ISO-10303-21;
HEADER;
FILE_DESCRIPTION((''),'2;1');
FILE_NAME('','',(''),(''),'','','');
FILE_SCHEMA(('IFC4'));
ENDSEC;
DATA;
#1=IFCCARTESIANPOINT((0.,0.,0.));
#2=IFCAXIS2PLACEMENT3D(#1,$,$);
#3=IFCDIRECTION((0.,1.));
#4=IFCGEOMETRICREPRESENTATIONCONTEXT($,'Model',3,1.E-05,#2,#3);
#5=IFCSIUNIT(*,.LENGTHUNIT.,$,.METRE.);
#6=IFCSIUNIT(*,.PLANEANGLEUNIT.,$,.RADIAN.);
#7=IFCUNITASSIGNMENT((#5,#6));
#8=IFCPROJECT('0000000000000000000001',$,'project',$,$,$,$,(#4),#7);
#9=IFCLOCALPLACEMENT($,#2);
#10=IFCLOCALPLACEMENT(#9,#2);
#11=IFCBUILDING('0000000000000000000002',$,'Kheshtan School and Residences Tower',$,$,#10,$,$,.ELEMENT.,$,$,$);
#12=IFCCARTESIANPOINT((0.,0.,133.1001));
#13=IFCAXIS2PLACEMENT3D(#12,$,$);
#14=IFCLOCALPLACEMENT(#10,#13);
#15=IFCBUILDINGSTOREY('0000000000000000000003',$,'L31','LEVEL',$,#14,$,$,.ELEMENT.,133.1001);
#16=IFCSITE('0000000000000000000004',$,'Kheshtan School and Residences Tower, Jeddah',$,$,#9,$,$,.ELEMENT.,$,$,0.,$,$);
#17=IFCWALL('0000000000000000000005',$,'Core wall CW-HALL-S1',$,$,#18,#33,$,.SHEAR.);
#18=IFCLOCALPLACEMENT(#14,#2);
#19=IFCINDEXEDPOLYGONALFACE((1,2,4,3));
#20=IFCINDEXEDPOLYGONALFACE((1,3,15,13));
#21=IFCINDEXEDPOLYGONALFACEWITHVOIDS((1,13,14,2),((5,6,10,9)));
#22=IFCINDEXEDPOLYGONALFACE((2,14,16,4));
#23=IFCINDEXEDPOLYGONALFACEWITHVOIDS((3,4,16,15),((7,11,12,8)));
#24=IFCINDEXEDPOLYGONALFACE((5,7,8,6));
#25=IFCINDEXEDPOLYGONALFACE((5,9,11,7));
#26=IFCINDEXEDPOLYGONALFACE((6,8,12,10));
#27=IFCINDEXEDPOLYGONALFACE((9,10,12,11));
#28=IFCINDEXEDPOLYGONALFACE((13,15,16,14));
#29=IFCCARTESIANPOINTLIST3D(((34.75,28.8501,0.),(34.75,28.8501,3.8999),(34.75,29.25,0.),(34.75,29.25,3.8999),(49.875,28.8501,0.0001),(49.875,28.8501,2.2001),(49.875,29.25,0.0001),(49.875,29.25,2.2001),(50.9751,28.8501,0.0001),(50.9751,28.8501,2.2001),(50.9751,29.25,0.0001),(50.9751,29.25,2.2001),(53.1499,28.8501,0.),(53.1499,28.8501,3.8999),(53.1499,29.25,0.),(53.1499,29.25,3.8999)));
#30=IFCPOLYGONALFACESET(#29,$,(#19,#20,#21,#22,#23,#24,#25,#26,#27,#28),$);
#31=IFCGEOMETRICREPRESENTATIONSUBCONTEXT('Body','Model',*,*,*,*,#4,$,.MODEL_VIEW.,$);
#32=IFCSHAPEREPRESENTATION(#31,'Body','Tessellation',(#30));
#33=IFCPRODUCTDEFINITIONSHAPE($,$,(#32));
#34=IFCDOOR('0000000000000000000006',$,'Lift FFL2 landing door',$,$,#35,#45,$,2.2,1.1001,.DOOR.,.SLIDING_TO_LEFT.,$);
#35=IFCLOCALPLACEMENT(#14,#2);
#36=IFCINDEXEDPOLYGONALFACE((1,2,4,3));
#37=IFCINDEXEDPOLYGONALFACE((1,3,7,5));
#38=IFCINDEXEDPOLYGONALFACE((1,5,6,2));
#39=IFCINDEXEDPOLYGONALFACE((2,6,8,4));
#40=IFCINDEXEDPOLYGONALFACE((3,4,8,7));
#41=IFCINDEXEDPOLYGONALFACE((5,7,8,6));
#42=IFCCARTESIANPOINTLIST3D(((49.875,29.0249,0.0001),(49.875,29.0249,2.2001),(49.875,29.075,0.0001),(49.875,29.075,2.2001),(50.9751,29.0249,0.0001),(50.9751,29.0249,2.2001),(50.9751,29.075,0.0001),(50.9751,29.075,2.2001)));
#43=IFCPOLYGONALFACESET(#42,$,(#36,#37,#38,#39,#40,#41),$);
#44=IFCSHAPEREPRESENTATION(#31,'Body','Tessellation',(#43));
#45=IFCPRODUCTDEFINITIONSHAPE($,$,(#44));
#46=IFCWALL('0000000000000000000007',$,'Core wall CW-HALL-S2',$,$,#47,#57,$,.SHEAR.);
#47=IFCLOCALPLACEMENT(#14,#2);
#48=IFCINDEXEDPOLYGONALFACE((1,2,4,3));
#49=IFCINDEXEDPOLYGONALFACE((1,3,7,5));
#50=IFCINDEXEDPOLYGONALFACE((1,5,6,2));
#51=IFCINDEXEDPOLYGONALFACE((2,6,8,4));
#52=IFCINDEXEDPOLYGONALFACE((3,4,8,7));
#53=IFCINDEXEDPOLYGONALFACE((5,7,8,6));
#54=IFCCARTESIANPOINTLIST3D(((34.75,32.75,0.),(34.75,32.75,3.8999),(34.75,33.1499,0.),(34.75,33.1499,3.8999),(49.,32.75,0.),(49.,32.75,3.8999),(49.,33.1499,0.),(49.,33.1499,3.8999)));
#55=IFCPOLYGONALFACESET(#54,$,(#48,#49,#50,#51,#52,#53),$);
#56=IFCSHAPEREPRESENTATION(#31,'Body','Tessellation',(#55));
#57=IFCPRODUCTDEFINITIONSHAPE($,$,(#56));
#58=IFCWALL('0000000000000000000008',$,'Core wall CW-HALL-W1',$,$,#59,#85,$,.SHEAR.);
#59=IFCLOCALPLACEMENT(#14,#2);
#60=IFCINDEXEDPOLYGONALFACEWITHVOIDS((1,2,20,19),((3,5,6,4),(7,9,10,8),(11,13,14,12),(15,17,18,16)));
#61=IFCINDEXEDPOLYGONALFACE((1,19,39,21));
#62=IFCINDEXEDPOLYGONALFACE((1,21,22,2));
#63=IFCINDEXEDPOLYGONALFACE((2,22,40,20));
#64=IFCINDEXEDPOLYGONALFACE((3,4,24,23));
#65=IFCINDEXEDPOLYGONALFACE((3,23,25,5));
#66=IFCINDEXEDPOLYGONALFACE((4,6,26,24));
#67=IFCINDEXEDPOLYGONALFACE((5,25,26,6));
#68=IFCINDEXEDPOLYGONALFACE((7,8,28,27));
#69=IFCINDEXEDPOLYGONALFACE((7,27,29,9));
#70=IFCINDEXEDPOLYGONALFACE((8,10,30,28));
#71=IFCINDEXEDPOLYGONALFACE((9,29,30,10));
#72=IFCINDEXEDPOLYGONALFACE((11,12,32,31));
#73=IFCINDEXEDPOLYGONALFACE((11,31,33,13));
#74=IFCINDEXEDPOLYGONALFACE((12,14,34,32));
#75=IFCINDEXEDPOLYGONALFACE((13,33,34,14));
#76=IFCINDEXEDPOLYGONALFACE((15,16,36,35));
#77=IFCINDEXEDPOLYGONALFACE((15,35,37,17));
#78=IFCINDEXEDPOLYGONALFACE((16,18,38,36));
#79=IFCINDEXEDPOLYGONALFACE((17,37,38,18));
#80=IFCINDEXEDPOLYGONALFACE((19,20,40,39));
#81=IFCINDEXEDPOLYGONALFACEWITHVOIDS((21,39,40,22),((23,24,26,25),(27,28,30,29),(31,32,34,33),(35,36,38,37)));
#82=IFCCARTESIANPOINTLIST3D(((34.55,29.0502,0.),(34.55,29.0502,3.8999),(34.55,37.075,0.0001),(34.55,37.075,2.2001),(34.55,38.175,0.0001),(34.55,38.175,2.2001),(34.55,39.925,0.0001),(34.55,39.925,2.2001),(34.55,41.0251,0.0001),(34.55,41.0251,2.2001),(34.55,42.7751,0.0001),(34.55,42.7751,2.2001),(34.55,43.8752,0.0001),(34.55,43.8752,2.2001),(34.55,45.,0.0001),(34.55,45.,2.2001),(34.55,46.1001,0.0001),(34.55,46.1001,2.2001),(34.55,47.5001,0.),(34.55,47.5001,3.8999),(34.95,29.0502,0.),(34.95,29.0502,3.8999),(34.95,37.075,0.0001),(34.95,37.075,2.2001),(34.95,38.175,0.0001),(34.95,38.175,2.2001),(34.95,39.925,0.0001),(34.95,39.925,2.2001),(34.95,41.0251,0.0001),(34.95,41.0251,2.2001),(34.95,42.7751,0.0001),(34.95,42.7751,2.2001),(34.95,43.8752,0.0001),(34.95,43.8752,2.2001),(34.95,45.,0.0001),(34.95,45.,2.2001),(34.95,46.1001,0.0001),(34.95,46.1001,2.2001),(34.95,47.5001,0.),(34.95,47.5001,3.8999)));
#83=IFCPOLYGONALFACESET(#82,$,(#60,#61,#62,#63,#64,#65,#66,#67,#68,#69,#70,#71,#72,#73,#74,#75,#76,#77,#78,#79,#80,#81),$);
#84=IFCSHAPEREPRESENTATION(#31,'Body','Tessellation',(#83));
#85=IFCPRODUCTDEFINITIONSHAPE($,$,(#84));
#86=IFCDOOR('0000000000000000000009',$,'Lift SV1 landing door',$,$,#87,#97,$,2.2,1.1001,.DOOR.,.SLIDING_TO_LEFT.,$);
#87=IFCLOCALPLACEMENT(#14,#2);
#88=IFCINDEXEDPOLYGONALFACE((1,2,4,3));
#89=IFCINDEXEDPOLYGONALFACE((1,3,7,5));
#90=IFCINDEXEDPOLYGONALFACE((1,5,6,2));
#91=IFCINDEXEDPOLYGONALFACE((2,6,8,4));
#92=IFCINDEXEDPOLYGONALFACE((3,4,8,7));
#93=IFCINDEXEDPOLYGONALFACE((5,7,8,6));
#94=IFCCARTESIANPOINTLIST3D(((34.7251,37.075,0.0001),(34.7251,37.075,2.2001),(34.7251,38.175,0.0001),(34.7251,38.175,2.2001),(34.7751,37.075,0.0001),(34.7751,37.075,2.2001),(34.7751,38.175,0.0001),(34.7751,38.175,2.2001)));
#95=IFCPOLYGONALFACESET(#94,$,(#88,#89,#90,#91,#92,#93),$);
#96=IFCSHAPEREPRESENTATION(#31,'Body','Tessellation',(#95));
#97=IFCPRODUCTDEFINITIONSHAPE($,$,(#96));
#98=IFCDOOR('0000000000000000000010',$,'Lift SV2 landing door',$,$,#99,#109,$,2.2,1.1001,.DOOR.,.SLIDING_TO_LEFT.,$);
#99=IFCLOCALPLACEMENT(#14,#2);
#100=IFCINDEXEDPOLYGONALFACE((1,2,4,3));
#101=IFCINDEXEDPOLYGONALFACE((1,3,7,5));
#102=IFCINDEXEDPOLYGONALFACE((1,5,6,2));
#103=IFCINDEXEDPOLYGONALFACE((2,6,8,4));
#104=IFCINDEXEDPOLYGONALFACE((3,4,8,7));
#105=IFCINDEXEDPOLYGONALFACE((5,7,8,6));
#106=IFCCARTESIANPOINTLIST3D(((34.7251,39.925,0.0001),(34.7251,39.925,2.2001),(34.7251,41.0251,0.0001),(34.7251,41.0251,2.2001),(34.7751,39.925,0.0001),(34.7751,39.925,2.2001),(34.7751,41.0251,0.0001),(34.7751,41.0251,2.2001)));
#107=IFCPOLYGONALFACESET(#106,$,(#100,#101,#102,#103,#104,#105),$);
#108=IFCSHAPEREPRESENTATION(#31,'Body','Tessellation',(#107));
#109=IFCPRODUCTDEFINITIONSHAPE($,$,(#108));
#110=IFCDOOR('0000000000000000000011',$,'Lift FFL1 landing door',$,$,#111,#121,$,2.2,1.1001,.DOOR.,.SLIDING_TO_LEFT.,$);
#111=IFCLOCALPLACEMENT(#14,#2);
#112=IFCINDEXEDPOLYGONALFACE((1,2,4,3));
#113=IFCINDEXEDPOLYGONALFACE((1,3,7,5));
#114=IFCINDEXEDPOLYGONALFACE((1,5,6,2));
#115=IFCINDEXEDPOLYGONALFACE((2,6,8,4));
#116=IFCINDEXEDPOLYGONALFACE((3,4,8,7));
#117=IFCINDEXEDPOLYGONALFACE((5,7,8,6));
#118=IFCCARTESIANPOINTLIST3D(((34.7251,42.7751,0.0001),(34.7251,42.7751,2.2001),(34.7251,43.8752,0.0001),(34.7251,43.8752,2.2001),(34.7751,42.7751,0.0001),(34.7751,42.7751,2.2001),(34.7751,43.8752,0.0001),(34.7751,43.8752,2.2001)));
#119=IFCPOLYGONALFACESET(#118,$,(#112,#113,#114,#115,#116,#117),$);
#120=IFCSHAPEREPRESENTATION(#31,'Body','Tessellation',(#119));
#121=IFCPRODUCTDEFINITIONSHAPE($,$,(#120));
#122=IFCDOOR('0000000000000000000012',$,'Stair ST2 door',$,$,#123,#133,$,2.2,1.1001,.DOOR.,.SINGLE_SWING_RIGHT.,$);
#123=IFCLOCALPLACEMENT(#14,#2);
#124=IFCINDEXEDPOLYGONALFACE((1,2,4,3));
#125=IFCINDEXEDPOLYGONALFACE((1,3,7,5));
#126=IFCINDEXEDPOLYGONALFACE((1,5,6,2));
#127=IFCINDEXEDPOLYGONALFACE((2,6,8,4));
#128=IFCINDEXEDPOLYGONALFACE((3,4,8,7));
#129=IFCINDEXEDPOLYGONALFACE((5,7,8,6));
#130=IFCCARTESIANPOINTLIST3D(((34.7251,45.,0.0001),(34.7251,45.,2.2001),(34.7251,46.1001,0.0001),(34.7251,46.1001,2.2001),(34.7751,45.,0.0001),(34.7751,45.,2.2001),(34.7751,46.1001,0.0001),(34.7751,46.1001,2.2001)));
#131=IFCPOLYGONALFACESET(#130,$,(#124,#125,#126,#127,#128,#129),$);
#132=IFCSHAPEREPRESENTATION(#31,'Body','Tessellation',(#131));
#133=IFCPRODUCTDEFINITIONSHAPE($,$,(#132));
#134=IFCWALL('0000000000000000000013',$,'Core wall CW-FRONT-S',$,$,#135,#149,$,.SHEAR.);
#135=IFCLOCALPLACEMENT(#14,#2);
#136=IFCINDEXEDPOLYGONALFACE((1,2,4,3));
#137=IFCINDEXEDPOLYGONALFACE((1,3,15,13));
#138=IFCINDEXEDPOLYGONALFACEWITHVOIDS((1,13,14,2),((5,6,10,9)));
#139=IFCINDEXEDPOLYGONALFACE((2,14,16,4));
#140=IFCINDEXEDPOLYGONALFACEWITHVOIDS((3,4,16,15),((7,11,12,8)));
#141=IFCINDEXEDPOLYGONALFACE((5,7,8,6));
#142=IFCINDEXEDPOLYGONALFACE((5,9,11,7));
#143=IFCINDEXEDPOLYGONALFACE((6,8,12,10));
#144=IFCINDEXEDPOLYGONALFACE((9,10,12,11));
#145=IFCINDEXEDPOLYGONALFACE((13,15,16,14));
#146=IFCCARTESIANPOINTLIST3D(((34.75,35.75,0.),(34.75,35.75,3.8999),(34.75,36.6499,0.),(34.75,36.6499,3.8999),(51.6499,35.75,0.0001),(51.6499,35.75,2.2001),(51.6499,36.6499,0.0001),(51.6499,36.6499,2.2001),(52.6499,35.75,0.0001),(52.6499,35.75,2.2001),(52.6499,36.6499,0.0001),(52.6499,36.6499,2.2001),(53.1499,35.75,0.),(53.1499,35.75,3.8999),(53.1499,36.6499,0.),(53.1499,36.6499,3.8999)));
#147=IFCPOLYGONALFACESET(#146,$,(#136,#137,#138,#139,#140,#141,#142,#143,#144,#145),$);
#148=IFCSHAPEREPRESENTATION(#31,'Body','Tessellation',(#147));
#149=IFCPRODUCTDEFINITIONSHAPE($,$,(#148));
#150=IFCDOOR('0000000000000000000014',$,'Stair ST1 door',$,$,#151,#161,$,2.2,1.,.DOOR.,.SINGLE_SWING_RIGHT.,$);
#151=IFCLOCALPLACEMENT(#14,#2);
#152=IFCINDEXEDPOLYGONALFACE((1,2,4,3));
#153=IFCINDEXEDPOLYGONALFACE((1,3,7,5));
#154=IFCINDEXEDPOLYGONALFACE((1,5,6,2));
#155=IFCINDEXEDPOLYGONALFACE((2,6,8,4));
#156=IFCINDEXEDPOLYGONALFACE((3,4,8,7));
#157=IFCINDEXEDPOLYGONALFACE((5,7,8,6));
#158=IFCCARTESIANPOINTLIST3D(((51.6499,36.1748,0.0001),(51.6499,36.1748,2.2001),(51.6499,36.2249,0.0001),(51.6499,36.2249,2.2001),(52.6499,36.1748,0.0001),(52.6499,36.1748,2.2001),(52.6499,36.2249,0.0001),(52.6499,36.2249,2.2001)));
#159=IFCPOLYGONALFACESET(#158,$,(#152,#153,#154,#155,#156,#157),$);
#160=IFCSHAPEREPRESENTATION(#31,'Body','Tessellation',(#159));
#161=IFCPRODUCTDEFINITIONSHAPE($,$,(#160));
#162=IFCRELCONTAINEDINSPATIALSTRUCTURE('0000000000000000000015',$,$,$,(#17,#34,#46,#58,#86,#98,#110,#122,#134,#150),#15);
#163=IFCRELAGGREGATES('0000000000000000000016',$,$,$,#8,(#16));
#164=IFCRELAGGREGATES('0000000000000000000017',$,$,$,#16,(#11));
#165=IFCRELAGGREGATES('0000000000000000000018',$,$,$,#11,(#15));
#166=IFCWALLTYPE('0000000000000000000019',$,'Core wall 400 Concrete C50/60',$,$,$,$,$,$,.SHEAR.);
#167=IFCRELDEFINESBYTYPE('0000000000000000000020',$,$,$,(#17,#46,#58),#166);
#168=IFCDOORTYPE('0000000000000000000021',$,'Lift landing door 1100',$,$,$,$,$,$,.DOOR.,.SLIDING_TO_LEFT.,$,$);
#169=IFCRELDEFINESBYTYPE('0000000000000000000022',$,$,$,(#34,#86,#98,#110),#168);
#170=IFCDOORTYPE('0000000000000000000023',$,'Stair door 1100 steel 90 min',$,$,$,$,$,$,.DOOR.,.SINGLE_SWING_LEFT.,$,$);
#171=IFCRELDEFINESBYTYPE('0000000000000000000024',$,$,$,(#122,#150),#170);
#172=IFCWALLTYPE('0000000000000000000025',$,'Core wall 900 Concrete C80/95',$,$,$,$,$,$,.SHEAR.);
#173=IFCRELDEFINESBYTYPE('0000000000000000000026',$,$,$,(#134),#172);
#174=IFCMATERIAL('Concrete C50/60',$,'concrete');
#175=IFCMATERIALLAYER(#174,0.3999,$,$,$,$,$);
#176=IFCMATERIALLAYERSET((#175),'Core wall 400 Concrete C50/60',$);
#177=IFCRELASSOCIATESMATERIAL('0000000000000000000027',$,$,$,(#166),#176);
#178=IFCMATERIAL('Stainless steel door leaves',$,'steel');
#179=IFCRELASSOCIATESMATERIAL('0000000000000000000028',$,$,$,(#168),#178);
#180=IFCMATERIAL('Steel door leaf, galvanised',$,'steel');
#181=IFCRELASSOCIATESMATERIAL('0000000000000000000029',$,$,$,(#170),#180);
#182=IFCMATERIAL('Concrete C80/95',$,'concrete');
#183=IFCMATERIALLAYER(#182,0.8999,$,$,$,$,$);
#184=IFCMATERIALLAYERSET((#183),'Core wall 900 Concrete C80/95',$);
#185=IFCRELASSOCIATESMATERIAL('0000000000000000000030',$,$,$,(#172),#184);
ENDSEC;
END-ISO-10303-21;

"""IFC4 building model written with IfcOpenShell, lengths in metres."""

from ifc_helpers import new_model, si_unit, direction, frame, frame_2d, origin, place, context, subcontext, project, spatial, rectangle, extrude, source, transform, mapped, material, layer, layer_set, type_object, element, fill, save


model = new_model("IFC4")

# Units and contexts
model_context = context("Model", 3, precision=1e-05, world=origin(), true_north=direction((0.0, 1.0)))
body_context = subcontext(model_context, "Body", "Model", "MODEL_VIEW")
ifc_project = project(units=[si_unit("LENGTHUNIT", "METRE"), si_unit("PLANEANGLEUNIT", "RADIAN")], contexts=[model_context])

# Site, building, storey
site_placement = place(None, origin())
site = spatial("IfcSite", under=ifc_project, at=site_placement, Name="Kheshtan School and Residences Tower, Jeddah", CompositionType="ELEMENT", RefElevation=0.0)
building_placement = place(site_placement, origin())
building = spatial("IfcBuilding", under=site, at=building_placement, Name="Kheshtan School and Residences Tower", CompositionType="ELEMENT")
storey_placement = place(building_placement, frame((0.0, 0.0, 133.1001)))
storey = spatial("IfcBuildingStorey", under=building, at=storey_placement, Name="L31", Description="LEVEL", CompositionType="ELEMENT", Elevation=133.1001)

# Wall, opening, door
ifc_material_1 = material(Name="Concrete C50/60", Category="concrete")
ifc_layer_1 = layer(ifc_material_1, 0.3999)
ifc_layer_set_1 = layer_set([ifc_layer_1], Name="Core wall 400 Concrete C50/60")
wall_type_1 = type_object("IfcWallType", Name="Core wall 400 Concrete C50/60", PredefinedType="SHEAR", material=ifc_layer_set_1)
wall_1_placement = place(storey_placement, frame((34.75, 29.05, 0.0), z_axis=(0.0, 0.0, 1.0), x_axis=(1.0, 0.0, 0.0)))
wall_1 = element("IfcWall", 1, at=wall_1_placement, inside=storey, type_object=wall_type_1, Name="Core wall CW-HALL-S1", PredefinedType="SHEAR", context=body_context, shape_type="SweptSolid", body=[
    extrude(rectangle(XDim=18.3999, YDim=0.3999, at=frame_2d((9.2, 0.0))), origin(), (0.0, 0.0, 1.0), 3.8999),
])
opening_1_placement = place(wall_1_placement, frame((15.125, 0.0, 0.0)))
opening_1 = element("IfcOpeningElement", 2, at=opening_1_placement, cuts=wall_1, PredefinedType="OPENING", context=body_context, shape_type="SweptSolid", body=[
    extrude(rectangle(XDim=1.1001, YDim=2.2, at=frame_2d((0.55, 1.1001))), frame((0.0, 0.21, 0.0), z_axis=(0.0, -1.0, 0.0), x_axis=(1.0, 0.0, 0.0)), (0.0, 0.0, 1.0), 0.4199),
])
ifc_material_2 = material(Name="Stainless steel door leaves", Category="steel")
door_type_1 = type_object("IfcDoorType", Name="Lift landing door 1100", OperationType="SLIDING_TO_LEFT", PredefinedType="DOOR", material=ifc_material_2)
shared_shape_1 = source(origin(), body_context, "Body", "SweptSolid", [
    extrude(rectangle(XDim=1.1001, YDim=2.2, at=frame_2d((0.55, 1.1001))), frame((0.0, 0.0249, 0.0), z_axis=(0.0, -1.0, 0.0), x_axis=(1.0, 0.0, 0.0)), (0.0, 0.0, 1.0), 0.05),
])
door_1_placement = place(opening_1_placement, origin())
door_1 = element("IfcDoor", 3, at=door_1_placement, inside=storey, type_object=door_type_1, Name="Lift FFL2 landing door", OperationType="SLIDING_TO_LEFT", OverallHeight=2.2, OverallWidth=1.1001, PredefinedType="DOOR", context=body_context, shape_type="MappedRepresentation", body=[
    mapped(shared_shape_1, transform((0.0, 0.0, 0.0), x_axis=(1.0, 0.0, 0.0), y_axis=(0.0, 1.0, 0.0), z_axis=(0.0, 0.0, 1.0), scale=1.0)),
])
fill(opening_1, door_1)

# Wall
wall_2_placement = place(storey_placement, frame((34.75, 32.95, 0.0), z_axis=(0.0, 0.0, 1.0), x_axis=(1.0, 0.0, 0.0)))
element("IfcWall", 4, at=wall_2_placement, inside=storey, type_object=wall_type_1, Name="Core wall CW-HALL-S2", PredefinedType="SHEAR", context=body_context, shape_type="SweptSolid", body=[
    extrude(rectangle(XDim=14.25, YDim=0.3999, at=frame_2d((7.125, 0.0))), origin(), (0.0, 0.0, 1.0), 3.8999),
])

# Wall, openings, doors
wall_3_placement = place(storey_placement, frame((34.75, 29.05, 0.0), z_axis=(0.0, 0.0, 1.0), x_axis=(0.0, 1.0, 0.0)))
wall_3 = element("IfcWall", 5, at=wall_3_placement, inside=storey, type_object=wall_type_1, Name="Core wall CW-HALL-W1", PredefinedType="SHEAR", context=body_context, shape_type="SweptSolid", body=[
    extrude(rectangle(XDim=18.45, YDim=0.3999, at=frame_2d((9.2251, 0.0))), origin(), (0.0, 0.0, 1.0), 3.8999),
])
opening_2_placement = place(wall_3_placement, frame((8.0249, 0.0, 0.0)))
opening_2 = element("IfcOpeningElement", 6, at=opening_2_placement, cuts=wall_3, PredefinedType="OPENING", context=body_context, shape_type="SweptSolid", body=[
    extrude(rectangle(XDim=1.1001, YDim=2.2, at=frame_2d((0.55, 1.1001))), frame((0.0, 0.21, 0.0), z_axis=(0.0, -1.0, 0.0), x_axis=(1.0, 0.0, 0.0)), (0.0, 0.0, 1.0), 0.4199),
])
opening_3_placement = place(wall_3_placement, frame((10.875, 0.0, 0.0)))
opening_3 = element("IfcOpeningElement", 7, at=opening_3_placement, cuts=wall_3, PredefinedType="OPENING", context=body_context, shape_type="SweptSolid", body=[
    extrude(rectangle(XDim=1.1001, YDim=2.2, at=frame_2d((0.55, 1.1001))), frame((0.0, 0.21, 0.0), z_axis=(0.0, -1.0, 0.0), x_axis=(1.0, 0.0, 0.0)), (0.0, 0.0, 1.0), 0.4199),
])
opening_4_placement = place(wall_3_placement, frame((13.7251, 0.0, 0.0)))
opening_4 = element("IfcOpeningElement", 8, at=opening_4_placement, cuts=wall_3, PredefinedType="OPENING", context=body_context, shape_type="SweptSolid", body=[
    extrude(rectangle(XDim=1.1001, YDim=2.2, at=frame_2d((0.55, 1.1001))), frame((0.0, 0.21, 0.0), z_axis=(0.0, -1.0, 0.0), x_axis=(1.0, 0.0, 0.0)), (0.0, 0.0, 1.0), 0.4199),
])
opening_5_placement = place(wall_3_placement, frame((15.95, 0.0, 0.0)))
opening_5 = element("IfcOpeningElement", 9, at=opening_5_placement, cuts=wall_3, PredefinedType="OPENING", context=body_context, shape_type="SweptSolid", body=[
    extrude(rectangle(XDim=1.1001, YDim=2.2, at=frame_2d((0.55, 1.1001))), frame((0.0, 0.21, 0.0), z_axis=(0.0, -1.0, 0.0), x_axis=(1.0, 0.0, 0.0)), (0.0, 0.0, 1.0), 0.4199),
])
door_2_placement = place(opening_2_placement, origin())
door_2 = element("IfcDoor", 10, at=door_2_placement, inside=storey, type_object=door_type_1, Name="Lift SV1 landing door", OperationType="SLIDING_TO_LEFT", OverallHeight=2.2, OverallWidth=1.1001, PredefinedType="DOOR", context=body_context, shape_type="MappedRepresentation", body=[
    mapped(shared_shape_1, transform((0.0, 0.0, 0.0), x_axis=(1.0, 0.0, 0.0), y_axis=(0.0, 1.0, 0.0), z_axis=(0.0, 0.0, 1.0), scale=1.0)),
])
fill(opening_2, door_2)
door_3_placement = place(opening_3_placement, origin())
door_3 = element("IfcDoor", 11, at=door_3_placement, inside=storey, type_object=door_type_1, Name="Lift SV2 landing door", OperationType="SLIDING_TO_LEFT", OverallHeight=2.2, OverallWidth=1.1001, PredefinedType="DOOR", context=body_context, shape_type="MappedRepresentation", body=[
    mapped(shared_shape_1, transform((0.0, 0.0, 0.0), x_axis=(1.0, 0.0, 0.0), y_axis=(0.0, 1.0, 0.0), z_axis=(0.0, 0.0, 1.0), scale=1.0)),
])
fill(opening_3, door_3)
door_4_placement = place(opening_4_placement, origin())
door_4 = element("IfcDoor", 12, at=door_4_placement, inside=storey, type_object=door_type_1, Name="Lift FFL1 landing door", OperationType="SLIDING_TO_LEFT", OverallHeight=2.2, OverallWidth=1.1001, PredefinedType="DOOR", context=body_context, shape_type="MappedRepresentation", body=[
    mapped(shared_shape_1, transform((0.0, 0.0, 0.0), x_axis=(1.0, 0.0, 0.0), y_axis=(0.0, 1.0, 0.0), z_axis=(0.0, 0.0, 1.0), scale=1.0)),
])
fill(opening_4, door_4)
ifc_material_3 = material(Name="Steel door leaf, galvanised", Category="steel")
door_type_2 = type_object("IfcDoorType", Name="Stair door 1100 steel 90 min", OperationType="SINGLE_SWING_LEFT", PredefinedType="DOOR", material=ifc_material_3)
shared_shape_2 = source(origin(), body_context, "Body", "SweptSolid", [
    extrude(rectangle(XDim=1.1001, YDim=2.2, at=frame_2d((0.55, 1.1001))), frame((0.0, 0.0249, 0.0), z_axis=(0.0, -1.0, 0.0), x_axis=(1.0, 0.0, 0.0)), (0.0, 0.0, 1.0), 0.05),
])
door_5_placement = place(opening_5_placement, origin())
door_5 = element("IfcDoor", 13, at=door_5_placement, inside=storey, type_object=door_type_2, Name="Stair ST2 door", OperationType="SINGLE_SWING_RIGHT", OverallHeight=2.2, OverallWidth=1.1001, PredefinedType="DOOR", context=body_context, shape_type="MappedRepresentation", body=[
    mapped(shared_shape_2, transform((0.0, 0.0, 0.0), x_axis=(1.0, 0.0, 0.0), y_axis=(0.0, 1.0, 0.0), z_axis=(0.0, 0.0, 1.0), scale=1.0)),
])
fill(opening_5, door_5)

# Wall, opening, door
ifc_material_4 = material(Name="Concrete C80/95", Category="concrete")
ifc_layer_2 = layer(ifc_material_4, 0.8999)
ifc_layer_set_2 = layer_set([ifc_layer_2], Name="Core wall 900 Concrete C80/95")
wall_type_2 = type_object("IfcWallType", Name="Core wall 900 Concrete C80/95", PredefinedType="SHEAR", material=ifc_layer_set_2)
wall_4_placement = place(storey_placement, frame((34.75, 36.2, 0.0), z_axis=(0.0, 0.0, 1.0), x_axis=(1.0, 0.0, 0.0)))
wall_4 = element("IfcWall", 14, at=wall_4_placement, inside=storey, type_object=wall_type_2, Name="Core wall CW-FRONT-S", PredefinedType="SHEAR", context=body_context, shape_type="SweptSolid", body=[
    extrude(rectangle(XDim=18.3999, YDim=0.8999, at=frame_2d((9.2, 0.0))), origin(), (0.0, 0.0, 1.0), 3.8999),
])
opening_6_placement = place(wall_4_placement, frame((16.8999, 0.0, 0.0)))
opening_6 = element("IfcOpeningElement", 15, at=opening_6_placement, cuts=wall_4, PredefinedType="OPENING", context=body_context, shape_type="SweptSolid", body=[
    extrude(rectangle(XDim=1.0, YDim=2.2, at=frame_2d((0.5, 1.1001))), frame((0.0, 0.46, 0.0), z_axis=(0.0, -1.0, 0.0), x_axis=(1.0, 0.0, 0.0)), (0.0, 0.0, 1.0), 0.9199),
])
shared_shape_3 = source(origin(), body_context, "Body", "SweptSolid", [
    extrude(rectangle(XDim=1.0, YDim=2.2, at=frame_2d((0.5, 1.1001))), frame((0.0, 0.0249, 0.0), z_axis=(0.0, -1.0, 0.0), x_axis=(1.0, 0.0, 0.0)), (0.0, 0.0, 1.0), 0.05),
])
door_6_placement = place(opening_6_placement, origin())
door_6 = element("IfcDoor", 16, at=door_6_placement, inside=storey, type_object=door_type_2, Name="Stair ST1 door", OperationType="SINGLE_SWING_RIGHT", OverallHeight=2.2, OverallWidth=1.0, PredefinedType="DOOR", context=body_context, shape_type="MappedRepresentation", body=[
    mapped(shared_shape_3, transform((0.0, 0.0, 0.0), x_axis=(1.0, 0.0, 0.0), y_axis=(0.0, 1.0, 0.0), z_axis=(0.0, 0.0, 1.0), scale=1.0)),
])
fill(opening_6, door_6)

save(model, "model.ifc")
